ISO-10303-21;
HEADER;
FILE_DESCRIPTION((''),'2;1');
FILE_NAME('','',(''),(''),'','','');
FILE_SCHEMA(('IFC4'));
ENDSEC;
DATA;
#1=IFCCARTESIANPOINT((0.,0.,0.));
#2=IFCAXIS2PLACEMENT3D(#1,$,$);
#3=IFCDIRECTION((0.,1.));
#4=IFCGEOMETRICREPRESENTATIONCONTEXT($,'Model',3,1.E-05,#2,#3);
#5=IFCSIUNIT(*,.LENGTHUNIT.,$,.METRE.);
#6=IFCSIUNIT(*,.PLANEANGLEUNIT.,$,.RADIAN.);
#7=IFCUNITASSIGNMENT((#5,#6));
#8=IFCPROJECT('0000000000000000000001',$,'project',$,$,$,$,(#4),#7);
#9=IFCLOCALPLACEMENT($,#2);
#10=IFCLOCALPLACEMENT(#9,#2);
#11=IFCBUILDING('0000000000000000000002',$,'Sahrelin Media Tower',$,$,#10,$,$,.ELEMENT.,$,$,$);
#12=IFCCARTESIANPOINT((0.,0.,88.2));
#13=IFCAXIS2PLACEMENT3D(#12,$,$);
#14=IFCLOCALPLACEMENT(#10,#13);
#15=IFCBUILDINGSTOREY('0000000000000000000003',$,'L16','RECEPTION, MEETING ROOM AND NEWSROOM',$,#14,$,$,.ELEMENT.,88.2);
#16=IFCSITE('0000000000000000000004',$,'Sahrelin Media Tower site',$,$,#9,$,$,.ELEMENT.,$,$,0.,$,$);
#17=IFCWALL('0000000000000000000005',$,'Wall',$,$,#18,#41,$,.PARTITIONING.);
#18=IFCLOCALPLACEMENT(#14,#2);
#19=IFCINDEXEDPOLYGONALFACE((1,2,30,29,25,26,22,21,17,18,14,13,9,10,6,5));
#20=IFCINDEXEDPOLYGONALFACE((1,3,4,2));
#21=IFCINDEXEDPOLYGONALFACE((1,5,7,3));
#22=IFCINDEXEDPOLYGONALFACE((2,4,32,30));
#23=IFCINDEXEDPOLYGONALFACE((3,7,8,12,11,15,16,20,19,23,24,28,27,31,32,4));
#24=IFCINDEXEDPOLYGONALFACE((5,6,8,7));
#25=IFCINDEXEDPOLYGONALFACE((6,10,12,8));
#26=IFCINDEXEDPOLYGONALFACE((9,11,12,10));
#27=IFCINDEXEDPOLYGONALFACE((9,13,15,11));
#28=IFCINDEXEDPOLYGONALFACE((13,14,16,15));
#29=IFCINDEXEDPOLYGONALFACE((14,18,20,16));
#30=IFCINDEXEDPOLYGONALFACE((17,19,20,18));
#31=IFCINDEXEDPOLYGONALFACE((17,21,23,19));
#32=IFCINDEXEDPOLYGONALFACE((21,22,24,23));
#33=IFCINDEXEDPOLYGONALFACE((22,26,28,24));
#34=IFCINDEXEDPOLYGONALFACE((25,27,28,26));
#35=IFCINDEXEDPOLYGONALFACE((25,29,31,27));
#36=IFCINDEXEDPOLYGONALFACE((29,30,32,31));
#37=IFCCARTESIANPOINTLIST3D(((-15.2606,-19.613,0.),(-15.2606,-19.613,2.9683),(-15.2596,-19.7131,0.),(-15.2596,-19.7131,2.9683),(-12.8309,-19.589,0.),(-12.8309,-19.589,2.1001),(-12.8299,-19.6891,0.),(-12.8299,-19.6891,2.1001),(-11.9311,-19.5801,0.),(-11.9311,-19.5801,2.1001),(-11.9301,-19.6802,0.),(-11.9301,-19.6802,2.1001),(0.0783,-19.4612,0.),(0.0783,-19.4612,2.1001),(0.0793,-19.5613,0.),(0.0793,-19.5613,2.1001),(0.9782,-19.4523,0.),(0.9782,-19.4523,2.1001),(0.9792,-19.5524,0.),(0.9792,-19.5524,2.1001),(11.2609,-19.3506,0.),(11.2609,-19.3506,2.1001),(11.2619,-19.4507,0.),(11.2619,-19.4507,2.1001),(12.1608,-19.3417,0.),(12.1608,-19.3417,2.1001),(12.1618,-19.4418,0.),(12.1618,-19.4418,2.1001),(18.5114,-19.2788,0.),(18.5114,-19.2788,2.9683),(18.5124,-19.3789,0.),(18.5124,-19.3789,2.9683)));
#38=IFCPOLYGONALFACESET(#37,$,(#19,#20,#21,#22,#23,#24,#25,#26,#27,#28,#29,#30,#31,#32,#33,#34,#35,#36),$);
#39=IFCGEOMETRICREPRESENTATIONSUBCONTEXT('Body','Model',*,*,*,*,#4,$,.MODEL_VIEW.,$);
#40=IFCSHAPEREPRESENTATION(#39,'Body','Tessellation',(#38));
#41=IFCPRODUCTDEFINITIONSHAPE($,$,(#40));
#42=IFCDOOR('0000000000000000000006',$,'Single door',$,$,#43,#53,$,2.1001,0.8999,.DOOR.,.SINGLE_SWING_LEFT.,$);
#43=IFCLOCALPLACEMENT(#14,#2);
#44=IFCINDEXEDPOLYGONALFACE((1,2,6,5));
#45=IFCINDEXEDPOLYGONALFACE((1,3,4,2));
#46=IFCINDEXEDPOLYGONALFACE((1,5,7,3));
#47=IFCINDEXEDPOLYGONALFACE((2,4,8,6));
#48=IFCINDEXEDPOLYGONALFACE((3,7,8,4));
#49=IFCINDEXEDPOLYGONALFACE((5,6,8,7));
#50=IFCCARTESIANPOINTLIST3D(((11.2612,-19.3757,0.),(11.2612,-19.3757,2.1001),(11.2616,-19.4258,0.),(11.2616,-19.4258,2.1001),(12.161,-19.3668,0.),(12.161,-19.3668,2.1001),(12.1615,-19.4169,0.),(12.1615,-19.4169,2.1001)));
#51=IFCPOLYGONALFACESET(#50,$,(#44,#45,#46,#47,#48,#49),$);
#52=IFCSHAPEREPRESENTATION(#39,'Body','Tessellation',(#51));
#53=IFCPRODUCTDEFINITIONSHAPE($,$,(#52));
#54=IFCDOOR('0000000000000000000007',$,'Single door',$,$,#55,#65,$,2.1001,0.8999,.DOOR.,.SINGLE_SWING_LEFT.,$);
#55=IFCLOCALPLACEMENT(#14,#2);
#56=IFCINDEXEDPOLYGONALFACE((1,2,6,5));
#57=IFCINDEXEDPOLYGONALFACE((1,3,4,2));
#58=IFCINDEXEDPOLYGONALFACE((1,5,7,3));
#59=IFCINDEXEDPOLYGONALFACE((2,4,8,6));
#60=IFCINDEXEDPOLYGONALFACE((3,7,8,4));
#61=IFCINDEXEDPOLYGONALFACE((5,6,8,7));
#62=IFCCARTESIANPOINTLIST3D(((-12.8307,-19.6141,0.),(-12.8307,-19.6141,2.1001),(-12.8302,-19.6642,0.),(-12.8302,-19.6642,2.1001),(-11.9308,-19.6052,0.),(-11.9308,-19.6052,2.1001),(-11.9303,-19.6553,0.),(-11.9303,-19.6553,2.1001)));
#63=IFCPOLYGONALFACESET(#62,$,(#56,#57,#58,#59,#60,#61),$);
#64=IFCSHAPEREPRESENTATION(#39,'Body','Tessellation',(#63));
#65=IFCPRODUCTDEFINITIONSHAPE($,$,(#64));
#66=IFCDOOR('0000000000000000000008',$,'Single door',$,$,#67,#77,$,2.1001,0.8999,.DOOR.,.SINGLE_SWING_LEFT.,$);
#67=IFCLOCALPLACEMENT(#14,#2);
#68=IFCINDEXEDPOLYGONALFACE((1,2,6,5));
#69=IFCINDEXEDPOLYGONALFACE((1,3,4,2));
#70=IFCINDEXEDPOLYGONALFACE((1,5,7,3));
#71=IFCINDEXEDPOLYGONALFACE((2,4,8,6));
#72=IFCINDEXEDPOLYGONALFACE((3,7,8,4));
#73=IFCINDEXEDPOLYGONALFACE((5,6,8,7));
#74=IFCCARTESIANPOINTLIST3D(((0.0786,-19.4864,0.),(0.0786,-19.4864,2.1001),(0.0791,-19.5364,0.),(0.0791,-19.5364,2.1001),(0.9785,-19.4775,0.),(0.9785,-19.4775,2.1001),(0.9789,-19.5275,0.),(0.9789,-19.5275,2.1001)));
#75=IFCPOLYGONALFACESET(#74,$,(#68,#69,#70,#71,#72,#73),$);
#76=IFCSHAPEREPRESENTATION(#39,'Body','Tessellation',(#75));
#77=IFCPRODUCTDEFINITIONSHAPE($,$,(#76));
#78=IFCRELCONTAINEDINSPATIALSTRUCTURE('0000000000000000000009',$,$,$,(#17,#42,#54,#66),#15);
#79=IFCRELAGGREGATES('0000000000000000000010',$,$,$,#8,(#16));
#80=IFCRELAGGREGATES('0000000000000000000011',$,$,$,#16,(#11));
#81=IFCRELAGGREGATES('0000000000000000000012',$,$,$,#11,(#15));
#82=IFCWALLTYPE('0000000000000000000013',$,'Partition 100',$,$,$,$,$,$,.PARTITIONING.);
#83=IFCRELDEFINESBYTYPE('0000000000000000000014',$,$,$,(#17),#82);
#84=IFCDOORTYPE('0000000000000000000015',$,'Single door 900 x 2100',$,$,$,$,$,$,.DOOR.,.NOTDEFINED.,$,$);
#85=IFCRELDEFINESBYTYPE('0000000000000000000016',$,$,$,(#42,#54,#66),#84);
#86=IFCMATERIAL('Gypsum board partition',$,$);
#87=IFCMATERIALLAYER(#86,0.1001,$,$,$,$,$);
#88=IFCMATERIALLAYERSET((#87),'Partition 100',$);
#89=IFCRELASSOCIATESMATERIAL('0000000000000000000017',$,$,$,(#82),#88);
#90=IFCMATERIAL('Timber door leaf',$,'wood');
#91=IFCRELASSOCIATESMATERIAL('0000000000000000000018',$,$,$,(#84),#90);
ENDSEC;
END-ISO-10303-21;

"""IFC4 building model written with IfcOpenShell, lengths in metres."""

from ifc_helpers import new_model, si_unit, direction, frame, frame_2d, origin, place, context, subcontext, project, spatial, rectangle, extrude, material, layer, layer_set, type_object, element, fill, save


model = new_model("IFC4")

# Units and contexts
model_context = context("Model", 3, precision=1e-05, world=origin(), true_north=direction((0.0, 1.0)))
body_context = subcontext(model_context, "Body", "Model", "MODEL_VIEW")
ifc_project = project(units=[si_unit("LENGTHUNIT", "METRE"), si_unit("PLANEANGLEUNIT", "RADIAN")], contexts=[model_context])

# Site, building, storey
site_placement = place(None, origin())
site = spatial("IfcSite", under=ifc_project, at=site_placement, Name="Sahrelin Media Tower site", CompositionType="ELEMENT", RefElevation=0.0)
building_placement = place(site_placement, origin())
building = spatial("IfcBuilding", under=site, at=building_placement, Name="Sahrelin Media Tower", CompositionType="ELEMENT")
storey_placement = place(building_placement, frame((0.0, 0.0, 88.2)))
storey = spatial("IfcBuildingStorey", under=building, at=storey_placement, Name="L16", Description="RECEPTION, MEETING ROOM AND NEWSROOM", CompositionType="ELEMENT", Elevation=88.2)

# Wall, openings, doors
ifc_material_1 = material(Name="Gypsum board partition")
ifc_layer_1 = layer(ifc_material_1, 0.1001)
ifc_layer_set_1 = layer_set([ifc_layer_1], Name="Partition 100")
wall_type_1 = type_object("IfcWallType", Name="Partition 100", PredefinedType="PARTITIONING", material=ifc_layer_set_1)
wall_1_placement = place(storey_placement, frame((-15.26, -19.6631, 0.0), z_axis=(0.0, 0.0, 1.0), x_axis=(0.999951, 0.009896, 0.0)))
wall_1 = element("IfcWall", 1, at=wall_1_placement, inside=storey, type_object=wall_type_1, Name="Wall", PredefinedType="PARTITIONING", context=body_context, shape_type="SweptSolid", body=[
    extrude(rectangle(XDim=33.7737, YDim=0.1001, at=frame_2d((16.8867, 0.0))), origin(), (0.0, 0.0, 1.0), 2.9683),
])
opening_1_placement = place(wall_1_placement, frame((26.5227, 0.0, 0.0)))
opening_1 = element("IfcOpeningElement", 2, at=opening_1_placement, cuts=wall_1, PredefinedType="OPENING", context=body_context, shape_type="SweptSolid", body=[
    extrude(rectangle(XDim=0.8999, YDim=2.1001, at=frame_2d((0.45, 1.05))), frame((0.0, 0.05, 0.0), z_axis=(0.0, -1.0, 0.0), x_axis=(1.0, 0.0, 0.0)), (0.0, 0.0, 1.0), 0.1001),
])
opening_2_placement = place(wall_1_placement, frame((2.4297, 0.0, 0.0)))
opening_2 = element("IfcOpeningElement", 3, at=opening_2_placement, cuts=wall_1, PredefinedType="OPENING", context=body_context, shape_type="SweptSolid", body=[
    extrude(rectangle(XDim=0.8999, YDim=2.1001, at=frame_2d((0.45, 1.05))), frame((0.0, 0.05, 0.0), z_axis=(0.0, -1.0, 0.0), x_axis=(1.0, 0.0, 0.0)), (0.0, 0.0, 1.0), 0.1001),
])
opening_3_placement = place(wall_1_placement, frame((15.3396, 0.0, 0.0)))
opening_3 = element("IfcOpeningElement", 4, at=opening_3_placement, cuts=wall_1, PredefinedType="OPENING", context=body_context, shape_type="SweptSolid", body=[
    extrude(rectangle(XDim=0.8999, YDim=2.1001, at=frame_2d((0.45, 1.05))), frame((0.0, 0.05, 0.0), z_axis=(0.0, -1.0, 0.0), x_axis=(1.0, 0.0, 0.0)), (0.0, 0.0, 1.0), 0.1001),
])
ifc_material_2 = material(Name="Timber door leaf", Category="wood")
door_type_1 = type_object("IfcDoorType", Name="Single door 900 x 2100", OperationType="NOTDEFINED", PredefinedType="DOOR", material=ifc_material_2)
door_1_placement = place(opening_1_placement, origin())
door_1 = element("IfcDoor", 5, at=door_1_placement, inside=storey, type_object=door_type_1, Name="Single door", OperationType="SINGLE_SWING_LEFT", OverallHeight=2.1001, OverallWidth=0.8999, PredefinedType="DOOR", context=body_context, shape_type="SweptSolid", body=[
    extrude(rectangle(XDim=0.8999, YDim=2.1001, at=frame_2d((0.45, 1.05))), frame((0.0, 0.0249, 0.0), z_axis=(0.0, -1.0, 0.0), x_axis=(1.0, 0.0, 0.0)), (0.0, 0.0, 1.0), 0.05),
])
fill(opening_1, door_1)
door_2_placement = place(opening_2_placement, origin())
door_2 = element("IfcDoor", 6, at=door_2_placement, inside=storey, type_object=door_type_1, Name="Single door", OperationType="SINGLE_SWING_LEFT", OverallHeight=2.1001, OverallWidth=0.8999, PredefinedType="DOOR", context=body_context, shape_type="SweptSolid", body=[
    extrude(rectangle(XDim=0.8999, YDim=2.1001, at=frame_2d((0.45, 1.05))), frame((0.0, 0.0249, 0.0), z_axis=(0.0, -1.0, 0.0), x_axis=(1.0, 0.0, 0.0)), (0.0, 0.0, 1.0), 0.05),
])
fill(opening_2, door_2)
door_3_placement = place(opening_3_placement, origin())
door_3 = element("IfcDoor", 7, at=door_3_placement, inside=storey, type_object=door_type_1, Name="Single door", OperationType="SINGLE_SWING_LEFT", OverallHeight=2.1001, OverallWidth=0.8999, PredefinedType="DOOR", context=body_context, shape_type="SweptSolid", body=[
    extrude(rectangle(XDim=0.8999, YDim=2.1001, at=frame_2d((0.45, 1.05))), frame((0.0, 0.0249, 0.0), z_axis=(0.0, -1.0, 0.0), x_axis=(1.0, 0.0, 0.0)), (0.0, 0.0, 1.0), 0.05),
])
fill(opening_3, door_3)

save(model, "model.ifc")
